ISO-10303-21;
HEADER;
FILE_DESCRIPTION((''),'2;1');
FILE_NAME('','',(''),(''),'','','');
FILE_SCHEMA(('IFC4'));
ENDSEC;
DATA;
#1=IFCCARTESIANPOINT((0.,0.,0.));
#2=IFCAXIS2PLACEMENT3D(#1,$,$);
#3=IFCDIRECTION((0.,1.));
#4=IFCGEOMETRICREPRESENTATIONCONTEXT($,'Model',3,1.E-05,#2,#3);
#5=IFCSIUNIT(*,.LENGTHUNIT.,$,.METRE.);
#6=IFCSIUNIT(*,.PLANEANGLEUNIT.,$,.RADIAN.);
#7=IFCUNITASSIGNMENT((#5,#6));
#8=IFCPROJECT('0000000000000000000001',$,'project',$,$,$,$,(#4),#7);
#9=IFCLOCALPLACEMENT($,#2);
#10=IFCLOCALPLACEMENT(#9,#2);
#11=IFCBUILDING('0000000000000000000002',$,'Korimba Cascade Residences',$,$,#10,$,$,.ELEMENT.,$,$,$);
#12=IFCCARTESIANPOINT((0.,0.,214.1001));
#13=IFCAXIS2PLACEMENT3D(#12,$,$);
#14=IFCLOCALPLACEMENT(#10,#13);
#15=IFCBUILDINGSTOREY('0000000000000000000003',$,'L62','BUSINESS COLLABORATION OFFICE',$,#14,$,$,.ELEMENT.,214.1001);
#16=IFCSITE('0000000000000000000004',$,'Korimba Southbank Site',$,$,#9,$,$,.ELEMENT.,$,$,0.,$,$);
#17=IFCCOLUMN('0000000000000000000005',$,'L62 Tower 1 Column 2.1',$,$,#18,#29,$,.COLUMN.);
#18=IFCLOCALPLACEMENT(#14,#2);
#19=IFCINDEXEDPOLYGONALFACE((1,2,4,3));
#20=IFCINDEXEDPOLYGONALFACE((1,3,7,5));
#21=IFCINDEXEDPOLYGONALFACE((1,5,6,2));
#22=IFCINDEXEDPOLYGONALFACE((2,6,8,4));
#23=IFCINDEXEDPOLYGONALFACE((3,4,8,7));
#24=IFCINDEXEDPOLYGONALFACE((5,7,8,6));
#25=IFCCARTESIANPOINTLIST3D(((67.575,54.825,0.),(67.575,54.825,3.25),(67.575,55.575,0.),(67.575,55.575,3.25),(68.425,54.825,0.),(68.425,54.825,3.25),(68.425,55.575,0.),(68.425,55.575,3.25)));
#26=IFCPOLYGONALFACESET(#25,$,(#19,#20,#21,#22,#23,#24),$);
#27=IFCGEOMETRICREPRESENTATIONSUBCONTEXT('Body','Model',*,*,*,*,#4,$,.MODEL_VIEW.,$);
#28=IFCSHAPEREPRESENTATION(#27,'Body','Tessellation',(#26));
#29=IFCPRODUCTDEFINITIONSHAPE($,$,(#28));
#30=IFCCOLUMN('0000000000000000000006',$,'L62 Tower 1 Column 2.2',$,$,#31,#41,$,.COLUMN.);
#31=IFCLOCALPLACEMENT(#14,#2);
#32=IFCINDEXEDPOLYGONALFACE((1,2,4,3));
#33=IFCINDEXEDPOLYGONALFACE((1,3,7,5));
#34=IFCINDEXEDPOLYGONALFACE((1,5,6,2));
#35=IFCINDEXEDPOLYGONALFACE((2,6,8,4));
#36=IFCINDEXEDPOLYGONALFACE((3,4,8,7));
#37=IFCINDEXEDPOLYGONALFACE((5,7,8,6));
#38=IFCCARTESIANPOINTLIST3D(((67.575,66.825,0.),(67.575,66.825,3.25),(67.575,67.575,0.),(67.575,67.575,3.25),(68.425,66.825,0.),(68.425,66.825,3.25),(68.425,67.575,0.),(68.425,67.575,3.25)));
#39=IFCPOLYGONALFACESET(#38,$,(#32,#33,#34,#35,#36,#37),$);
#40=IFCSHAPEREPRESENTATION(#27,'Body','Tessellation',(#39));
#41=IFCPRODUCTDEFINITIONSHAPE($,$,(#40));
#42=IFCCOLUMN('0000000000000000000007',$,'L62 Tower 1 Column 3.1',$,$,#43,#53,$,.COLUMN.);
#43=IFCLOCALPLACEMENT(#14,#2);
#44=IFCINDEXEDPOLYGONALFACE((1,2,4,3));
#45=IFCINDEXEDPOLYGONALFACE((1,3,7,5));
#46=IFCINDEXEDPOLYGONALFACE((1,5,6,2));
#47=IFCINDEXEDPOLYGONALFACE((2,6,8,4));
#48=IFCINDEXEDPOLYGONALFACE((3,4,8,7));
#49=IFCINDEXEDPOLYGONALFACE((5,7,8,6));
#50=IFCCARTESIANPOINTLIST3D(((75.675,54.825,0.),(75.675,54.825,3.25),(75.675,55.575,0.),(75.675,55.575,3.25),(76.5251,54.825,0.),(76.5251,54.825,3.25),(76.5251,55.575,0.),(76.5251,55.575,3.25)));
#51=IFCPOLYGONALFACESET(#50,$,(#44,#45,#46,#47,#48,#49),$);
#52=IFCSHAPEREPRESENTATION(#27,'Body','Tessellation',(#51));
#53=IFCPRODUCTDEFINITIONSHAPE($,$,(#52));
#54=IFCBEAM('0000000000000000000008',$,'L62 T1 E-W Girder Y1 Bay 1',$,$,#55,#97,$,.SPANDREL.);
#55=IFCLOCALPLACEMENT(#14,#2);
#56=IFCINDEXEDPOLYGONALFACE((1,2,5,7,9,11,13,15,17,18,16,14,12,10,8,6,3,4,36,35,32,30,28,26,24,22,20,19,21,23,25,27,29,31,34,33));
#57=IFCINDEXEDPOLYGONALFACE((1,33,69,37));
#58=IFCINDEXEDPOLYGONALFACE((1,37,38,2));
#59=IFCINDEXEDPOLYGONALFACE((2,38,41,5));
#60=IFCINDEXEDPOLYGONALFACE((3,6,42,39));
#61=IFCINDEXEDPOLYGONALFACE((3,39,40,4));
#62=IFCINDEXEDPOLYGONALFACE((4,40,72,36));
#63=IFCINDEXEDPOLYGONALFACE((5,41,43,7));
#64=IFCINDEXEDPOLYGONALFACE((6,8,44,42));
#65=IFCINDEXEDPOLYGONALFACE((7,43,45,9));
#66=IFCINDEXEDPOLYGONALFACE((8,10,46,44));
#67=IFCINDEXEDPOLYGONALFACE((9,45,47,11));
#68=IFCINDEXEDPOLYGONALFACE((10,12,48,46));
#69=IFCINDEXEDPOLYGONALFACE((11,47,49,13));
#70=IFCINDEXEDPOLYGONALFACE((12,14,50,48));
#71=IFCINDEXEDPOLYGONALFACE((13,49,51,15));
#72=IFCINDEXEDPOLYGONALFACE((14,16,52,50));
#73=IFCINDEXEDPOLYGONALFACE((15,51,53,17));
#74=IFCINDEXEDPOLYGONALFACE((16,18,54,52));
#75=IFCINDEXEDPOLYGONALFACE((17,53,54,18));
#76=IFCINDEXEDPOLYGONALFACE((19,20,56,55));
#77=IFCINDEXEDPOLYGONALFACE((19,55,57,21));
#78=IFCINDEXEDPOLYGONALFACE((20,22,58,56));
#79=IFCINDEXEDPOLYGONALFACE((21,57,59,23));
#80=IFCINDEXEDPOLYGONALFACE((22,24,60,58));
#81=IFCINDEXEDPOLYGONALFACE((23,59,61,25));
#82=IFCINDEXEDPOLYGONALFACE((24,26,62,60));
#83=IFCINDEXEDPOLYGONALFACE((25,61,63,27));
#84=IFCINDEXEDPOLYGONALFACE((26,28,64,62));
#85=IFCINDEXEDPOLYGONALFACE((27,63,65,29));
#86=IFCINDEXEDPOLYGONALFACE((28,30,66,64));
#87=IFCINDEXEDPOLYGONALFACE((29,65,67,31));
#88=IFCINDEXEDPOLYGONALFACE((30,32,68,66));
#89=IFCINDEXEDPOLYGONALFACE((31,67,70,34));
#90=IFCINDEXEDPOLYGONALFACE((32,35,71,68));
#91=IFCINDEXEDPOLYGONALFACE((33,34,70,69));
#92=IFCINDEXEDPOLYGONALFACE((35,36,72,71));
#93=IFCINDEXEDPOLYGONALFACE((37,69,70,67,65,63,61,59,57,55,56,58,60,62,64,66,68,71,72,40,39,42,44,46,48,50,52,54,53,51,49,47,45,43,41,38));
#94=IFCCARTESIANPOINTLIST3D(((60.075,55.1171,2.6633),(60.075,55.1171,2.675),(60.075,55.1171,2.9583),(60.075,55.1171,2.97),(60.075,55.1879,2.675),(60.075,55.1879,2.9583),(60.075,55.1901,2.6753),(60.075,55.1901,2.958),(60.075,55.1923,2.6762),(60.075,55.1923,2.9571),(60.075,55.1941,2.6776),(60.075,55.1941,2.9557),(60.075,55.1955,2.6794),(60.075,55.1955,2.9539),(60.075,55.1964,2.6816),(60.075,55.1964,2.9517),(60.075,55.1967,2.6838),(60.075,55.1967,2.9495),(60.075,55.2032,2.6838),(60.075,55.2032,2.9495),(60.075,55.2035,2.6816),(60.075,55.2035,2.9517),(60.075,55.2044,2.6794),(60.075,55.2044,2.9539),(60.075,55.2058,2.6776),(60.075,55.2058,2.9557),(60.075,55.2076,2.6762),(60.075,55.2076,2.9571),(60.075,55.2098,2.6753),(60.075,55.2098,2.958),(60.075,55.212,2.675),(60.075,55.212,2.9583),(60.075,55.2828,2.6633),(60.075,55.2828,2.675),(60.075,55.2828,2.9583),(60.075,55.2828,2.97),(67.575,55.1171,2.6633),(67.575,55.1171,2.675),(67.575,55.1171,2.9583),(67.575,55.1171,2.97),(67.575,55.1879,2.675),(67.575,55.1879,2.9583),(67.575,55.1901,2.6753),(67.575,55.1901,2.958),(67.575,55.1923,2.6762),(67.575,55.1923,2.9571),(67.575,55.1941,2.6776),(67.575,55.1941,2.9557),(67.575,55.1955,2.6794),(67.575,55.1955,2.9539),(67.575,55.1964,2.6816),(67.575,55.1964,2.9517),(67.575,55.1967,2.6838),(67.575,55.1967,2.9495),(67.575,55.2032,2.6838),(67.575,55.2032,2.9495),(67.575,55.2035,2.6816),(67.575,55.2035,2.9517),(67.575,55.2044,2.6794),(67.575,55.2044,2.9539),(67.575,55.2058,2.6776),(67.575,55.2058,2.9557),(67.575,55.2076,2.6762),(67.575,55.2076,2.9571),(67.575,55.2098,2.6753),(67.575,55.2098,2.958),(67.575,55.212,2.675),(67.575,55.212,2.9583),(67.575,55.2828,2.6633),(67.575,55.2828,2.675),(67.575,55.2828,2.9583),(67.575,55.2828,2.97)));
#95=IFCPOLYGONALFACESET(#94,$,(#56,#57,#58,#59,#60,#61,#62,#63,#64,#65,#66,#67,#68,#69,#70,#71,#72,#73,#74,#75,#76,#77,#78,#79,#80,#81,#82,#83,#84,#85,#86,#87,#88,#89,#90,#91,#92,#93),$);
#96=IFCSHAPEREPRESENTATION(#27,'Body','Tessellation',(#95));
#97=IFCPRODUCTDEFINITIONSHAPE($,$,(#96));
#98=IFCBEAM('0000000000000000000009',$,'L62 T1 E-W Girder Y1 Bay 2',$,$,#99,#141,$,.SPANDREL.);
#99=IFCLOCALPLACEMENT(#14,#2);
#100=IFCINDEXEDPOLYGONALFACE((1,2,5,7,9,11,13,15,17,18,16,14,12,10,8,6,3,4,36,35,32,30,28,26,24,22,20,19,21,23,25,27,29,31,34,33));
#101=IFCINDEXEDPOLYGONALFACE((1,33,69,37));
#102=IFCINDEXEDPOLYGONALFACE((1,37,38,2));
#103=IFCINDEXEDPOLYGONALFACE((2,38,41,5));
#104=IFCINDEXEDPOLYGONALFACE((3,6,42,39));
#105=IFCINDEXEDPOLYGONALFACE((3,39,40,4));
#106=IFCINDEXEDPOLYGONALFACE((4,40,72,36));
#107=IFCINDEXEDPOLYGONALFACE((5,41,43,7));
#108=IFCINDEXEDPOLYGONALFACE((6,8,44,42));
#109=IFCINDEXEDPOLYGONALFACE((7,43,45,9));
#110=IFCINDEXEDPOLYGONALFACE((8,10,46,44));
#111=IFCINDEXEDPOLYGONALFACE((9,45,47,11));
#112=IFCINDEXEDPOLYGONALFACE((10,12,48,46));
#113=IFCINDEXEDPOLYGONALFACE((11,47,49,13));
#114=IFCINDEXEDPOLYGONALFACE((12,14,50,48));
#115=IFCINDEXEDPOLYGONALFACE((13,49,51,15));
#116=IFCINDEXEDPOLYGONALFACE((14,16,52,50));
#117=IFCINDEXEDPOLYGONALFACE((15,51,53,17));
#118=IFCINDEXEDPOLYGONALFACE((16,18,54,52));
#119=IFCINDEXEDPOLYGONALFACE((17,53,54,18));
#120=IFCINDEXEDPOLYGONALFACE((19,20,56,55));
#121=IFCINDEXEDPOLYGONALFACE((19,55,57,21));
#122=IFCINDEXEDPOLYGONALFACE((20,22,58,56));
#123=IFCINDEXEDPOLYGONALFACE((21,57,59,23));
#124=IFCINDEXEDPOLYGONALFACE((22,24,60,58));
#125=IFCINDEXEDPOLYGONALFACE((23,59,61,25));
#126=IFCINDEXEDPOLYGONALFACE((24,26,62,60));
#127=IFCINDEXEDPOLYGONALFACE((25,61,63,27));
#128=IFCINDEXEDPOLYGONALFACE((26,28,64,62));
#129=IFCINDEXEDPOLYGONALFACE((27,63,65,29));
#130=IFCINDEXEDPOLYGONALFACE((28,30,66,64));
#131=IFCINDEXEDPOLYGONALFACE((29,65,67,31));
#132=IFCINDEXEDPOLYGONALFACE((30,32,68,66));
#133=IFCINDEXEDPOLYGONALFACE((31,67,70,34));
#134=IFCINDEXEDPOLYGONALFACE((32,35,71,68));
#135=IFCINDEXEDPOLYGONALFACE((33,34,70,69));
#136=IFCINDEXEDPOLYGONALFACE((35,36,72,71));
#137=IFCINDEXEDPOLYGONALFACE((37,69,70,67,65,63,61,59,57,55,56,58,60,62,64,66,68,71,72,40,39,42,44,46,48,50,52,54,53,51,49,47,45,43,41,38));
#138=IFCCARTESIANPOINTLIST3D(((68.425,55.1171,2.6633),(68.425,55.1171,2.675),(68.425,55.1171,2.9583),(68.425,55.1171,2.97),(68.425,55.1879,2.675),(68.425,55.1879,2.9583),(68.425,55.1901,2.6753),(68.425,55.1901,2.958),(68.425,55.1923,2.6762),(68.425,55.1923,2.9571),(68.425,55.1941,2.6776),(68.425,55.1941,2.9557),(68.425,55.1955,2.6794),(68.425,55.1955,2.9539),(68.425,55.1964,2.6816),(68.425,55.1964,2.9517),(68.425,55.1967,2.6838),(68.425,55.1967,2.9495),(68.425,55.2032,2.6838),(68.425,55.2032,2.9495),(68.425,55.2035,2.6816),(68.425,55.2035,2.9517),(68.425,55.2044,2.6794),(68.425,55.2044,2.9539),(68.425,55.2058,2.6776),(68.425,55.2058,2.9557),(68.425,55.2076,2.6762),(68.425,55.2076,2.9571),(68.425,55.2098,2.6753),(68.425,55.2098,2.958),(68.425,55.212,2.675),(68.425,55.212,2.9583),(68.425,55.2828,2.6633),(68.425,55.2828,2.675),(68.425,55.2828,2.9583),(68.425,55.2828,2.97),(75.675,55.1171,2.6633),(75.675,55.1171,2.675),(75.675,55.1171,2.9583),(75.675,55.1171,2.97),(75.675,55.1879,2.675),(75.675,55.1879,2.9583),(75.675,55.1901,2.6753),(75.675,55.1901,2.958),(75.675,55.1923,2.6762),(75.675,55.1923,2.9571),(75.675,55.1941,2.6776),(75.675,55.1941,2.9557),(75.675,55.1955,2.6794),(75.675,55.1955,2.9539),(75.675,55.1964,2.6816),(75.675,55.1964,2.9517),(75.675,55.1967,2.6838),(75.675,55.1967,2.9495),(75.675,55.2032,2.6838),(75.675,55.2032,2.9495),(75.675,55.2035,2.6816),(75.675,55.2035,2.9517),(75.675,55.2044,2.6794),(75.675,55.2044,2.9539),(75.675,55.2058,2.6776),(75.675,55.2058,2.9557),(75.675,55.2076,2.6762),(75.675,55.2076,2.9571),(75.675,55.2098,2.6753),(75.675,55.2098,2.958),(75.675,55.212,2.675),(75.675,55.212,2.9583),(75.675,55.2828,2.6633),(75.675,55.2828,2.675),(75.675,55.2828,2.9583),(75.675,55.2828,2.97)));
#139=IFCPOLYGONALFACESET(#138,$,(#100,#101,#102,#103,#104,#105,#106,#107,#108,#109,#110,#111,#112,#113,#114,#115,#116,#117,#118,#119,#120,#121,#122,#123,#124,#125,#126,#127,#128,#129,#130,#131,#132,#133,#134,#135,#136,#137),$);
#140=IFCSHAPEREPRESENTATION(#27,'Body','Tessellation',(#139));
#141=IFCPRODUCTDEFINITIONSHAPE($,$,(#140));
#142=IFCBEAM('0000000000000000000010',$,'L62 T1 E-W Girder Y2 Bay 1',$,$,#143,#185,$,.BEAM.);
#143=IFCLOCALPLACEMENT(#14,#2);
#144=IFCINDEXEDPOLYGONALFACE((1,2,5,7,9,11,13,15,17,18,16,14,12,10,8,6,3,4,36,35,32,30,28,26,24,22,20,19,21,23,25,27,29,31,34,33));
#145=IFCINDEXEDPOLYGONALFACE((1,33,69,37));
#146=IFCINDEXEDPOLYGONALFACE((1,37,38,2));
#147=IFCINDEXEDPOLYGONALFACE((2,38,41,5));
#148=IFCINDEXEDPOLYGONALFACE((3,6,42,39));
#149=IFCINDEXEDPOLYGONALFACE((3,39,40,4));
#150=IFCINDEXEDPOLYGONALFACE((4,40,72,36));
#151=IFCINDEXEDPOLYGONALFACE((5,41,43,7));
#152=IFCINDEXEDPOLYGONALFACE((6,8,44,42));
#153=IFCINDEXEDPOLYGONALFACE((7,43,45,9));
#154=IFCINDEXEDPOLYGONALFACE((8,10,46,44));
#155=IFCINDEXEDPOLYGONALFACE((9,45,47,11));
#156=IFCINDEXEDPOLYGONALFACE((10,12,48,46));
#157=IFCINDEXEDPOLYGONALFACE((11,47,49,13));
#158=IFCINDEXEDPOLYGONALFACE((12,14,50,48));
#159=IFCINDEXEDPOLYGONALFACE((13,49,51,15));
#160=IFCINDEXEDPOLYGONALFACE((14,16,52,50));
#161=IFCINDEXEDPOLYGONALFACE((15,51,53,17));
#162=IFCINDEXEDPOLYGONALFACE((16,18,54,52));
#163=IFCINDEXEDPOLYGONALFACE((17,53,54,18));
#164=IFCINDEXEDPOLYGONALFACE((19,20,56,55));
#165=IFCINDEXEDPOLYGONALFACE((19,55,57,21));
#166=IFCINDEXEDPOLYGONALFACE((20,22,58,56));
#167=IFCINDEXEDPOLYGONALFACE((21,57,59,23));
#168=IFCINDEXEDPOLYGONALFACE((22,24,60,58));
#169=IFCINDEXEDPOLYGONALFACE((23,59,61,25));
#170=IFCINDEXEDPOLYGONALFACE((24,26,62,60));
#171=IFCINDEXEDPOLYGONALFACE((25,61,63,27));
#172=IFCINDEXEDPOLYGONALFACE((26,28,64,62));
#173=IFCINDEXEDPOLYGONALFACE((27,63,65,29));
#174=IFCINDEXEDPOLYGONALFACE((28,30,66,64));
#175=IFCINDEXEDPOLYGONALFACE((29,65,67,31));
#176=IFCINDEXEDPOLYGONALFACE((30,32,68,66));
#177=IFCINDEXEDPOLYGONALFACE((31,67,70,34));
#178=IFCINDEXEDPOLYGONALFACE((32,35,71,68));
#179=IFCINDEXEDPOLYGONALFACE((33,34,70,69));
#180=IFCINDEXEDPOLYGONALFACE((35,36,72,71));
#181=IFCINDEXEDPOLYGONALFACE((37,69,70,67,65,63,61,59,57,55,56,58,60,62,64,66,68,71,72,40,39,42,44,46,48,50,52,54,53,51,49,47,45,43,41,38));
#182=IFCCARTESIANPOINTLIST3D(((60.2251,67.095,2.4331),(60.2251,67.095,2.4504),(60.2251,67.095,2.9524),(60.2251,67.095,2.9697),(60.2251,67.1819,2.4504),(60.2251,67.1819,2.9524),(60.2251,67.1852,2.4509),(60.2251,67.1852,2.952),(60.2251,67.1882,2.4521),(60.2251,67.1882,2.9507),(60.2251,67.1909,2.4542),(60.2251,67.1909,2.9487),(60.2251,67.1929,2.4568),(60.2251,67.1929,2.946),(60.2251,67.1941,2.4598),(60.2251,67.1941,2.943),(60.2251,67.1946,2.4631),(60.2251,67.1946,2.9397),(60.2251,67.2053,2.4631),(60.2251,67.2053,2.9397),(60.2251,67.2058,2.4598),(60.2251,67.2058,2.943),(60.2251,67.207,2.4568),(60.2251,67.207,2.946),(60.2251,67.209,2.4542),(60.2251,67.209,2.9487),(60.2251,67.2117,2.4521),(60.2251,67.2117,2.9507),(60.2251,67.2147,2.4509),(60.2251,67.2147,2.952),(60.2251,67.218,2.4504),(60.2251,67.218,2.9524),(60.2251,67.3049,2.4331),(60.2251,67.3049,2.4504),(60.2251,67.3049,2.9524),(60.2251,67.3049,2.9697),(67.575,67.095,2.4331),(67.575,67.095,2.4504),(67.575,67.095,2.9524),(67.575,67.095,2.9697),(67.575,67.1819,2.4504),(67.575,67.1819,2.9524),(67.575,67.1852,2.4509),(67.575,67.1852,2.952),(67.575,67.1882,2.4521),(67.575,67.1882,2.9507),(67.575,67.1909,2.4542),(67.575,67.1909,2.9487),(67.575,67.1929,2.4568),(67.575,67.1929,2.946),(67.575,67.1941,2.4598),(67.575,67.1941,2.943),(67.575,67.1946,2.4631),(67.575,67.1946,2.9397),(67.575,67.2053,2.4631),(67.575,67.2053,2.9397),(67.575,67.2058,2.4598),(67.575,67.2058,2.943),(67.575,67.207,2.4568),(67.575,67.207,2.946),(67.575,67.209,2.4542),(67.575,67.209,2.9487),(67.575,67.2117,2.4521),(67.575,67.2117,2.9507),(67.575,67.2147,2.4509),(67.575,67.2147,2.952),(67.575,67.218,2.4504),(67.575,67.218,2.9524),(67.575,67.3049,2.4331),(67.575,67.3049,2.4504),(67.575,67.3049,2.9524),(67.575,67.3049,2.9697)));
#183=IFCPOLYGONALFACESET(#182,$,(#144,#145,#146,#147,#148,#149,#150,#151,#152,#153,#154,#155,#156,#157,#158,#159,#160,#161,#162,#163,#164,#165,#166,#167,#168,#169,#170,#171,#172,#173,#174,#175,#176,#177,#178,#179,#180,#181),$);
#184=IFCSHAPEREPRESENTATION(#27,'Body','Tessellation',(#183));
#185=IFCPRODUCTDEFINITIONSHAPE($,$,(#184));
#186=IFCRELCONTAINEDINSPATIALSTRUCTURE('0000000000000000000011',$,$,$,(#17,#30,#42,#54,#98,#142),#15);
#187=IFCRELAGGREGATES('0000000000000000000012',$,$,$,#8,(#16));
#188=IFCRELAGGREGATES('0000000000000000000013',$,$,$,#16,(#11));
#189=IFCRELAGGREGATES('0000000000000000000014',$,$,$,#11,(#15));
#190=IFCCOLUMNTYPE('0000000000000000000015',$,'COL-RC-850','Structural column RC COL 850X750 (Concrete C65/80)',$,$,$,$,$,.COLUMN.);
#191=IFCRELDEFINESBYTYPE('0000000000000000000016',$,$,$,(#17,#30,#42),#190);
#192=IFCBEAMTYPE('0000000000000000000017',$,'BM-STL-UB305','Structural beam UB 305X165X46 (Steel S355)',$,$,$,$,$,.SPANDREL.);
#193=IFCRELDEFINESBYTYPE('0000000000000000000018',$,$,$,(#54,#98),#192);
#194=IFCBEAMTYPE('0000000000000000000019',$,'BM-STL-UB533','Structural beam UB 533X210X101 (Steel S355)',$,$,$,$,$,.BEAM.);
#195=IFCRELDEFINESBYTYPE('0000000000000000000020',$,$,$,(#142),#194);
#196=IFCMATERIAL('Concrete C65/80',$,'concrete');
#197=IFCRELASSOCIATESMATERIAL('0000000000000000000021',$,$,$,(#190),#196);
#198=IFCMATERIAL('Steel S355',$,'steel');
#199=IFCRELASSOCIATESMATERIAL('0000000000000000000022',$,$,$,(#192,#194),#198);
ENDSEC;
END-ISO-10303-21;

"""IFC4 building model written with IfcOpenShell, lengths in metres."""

from ifc_helpers import new_model, si_unit, direction, frame, origin, origin_2d, place, context, subcontext, project, spatial, rectangle, i_section, extrude, material, material_profile, profile_set, type_object, element, save


model = new_model("IFC4")

# Units and contexts
model_context = context("Model", 3, precision=1e-05, world=origin(), true_north=direction((0.0, 1.0)))
body_context = subcontext(model_context, "Body", "Model", "MODEL_VIEW")
ifc_project = project(units=[si_unit("LENGTHUNIT", "METRE"), si_unit("PLANEANGLEUNIT", "RADIAN")], contexts=[model_context])

# Site, building, storey
site_placement = place(None, origin())
site = spatial("IfcSite", under=ifc_project, at=site_placement, Name="Korimba Southbank Site", CompositionType="ELEMENT", RefElevation=0.0)
building_placement = place(site_placement, origin())
building = spatial("IfcBuilding", under=site, at=building_placement, Name="Korimba Cascade Residences", CompositionType="ELEMENT")
storey_placement = place(building_placement, frame((0.0, 0.0, 214.1001)))
storey = spatial("IfcBuildingStorey", under=building, at=storey_placement, Name="L62", Description="BUSINESS COLLABORATION OFFICE", CompositionType="ELEMENT", Elevation=214.1001)

# Columns
ifc_material_1 = material(Name="Concrete C65/80", Category="concrete")
ifc_material_profile_1 = material_profile(ifc_material_1, rectangle(XDim=0.8501, YDim=0.75, at=origin_2d()), Name="Concrete C65/80")
ifc_profile_set_1 = profile_set([ifc_material_profile_1], Name="Concrete C65/80")
column_type = type_object("IfcColumnType", Name="COL-RC-850", Description="Structural column RC COL 850X750 (Concrete C65/80)", PredefinedType="COLUMN", material=ifc_profile_set_1)
for number, where, z_axis, x_axis, name in (
    (1, (68.0, 55.2, 0.0), (0.0, 0.0, 1.0), (1.0, 0.0, 0.0), "L62 Tower 1 Column 2.1"),
    (2, (68.0, 67.2, 0.0), (0.0, 0.0, 1.0), (1.0, 0.0, 0.0), "L62 Tower 1 Column 2.2"),
    (3, (76.1001, 55.2, 0.0), (0.0, 0.0, 1.0), (1.0, 0.0, 0.0), "L62 Tower 1 Column 3.1"),
):
    element("IfcColumn", number, at=place(storey_placement, frame(where, z_axis=z_axis, x_axis=x_axis)), inside=storey, type_object=column_type, Name=name, PredefinedType="COLUMN", context=body_context, shape_type="SweptSolid", body=[
        extrude(rectangle(XDim=0.8501, YDim=0.75, at=origin_2d()), origin(), (0.0, 0.0, 1.0), 3.25),
    ])

# Beams
ifc_material_2 = material(Name="Steel S355", Category="steel")
ifc_material_profile_2 = material_profile(ifc_material_2, i_section(OverallWidth=0.1658, OverallDepth=0.3066, WebThickness=0.0066, FlangeThickness=0.0117, FilletRadius=0.0088, at=origin_2d()), Name="Steel S355")
ifc_profile_set_2 = profile_set([ifc_material_profile_2], Name="Steel S355")
beam_type_1 = type_object("IfcBeamType", Name="BM-STL-UB305", Description="Structural beam UB 305X165X46 (Steel S355)", PredefinedType="SPANDREL", material=ifc_profile_set_2)
beam_1_placement = place(storey_placement, frame((60.075, 55.2, 2.8167), z_axis=(1.0, 0.0, 0.0), x_axis=(0.0, 1.0, 0.0)))
element("IfcBeam", 4, at=beam_1_placement, inside=storey, type_object=beam_type_1, Name="L62 T1 E-W Girder Y1 Bay 1", PredefinedType="SPANDREL", context=body_context, shape_type="SweptSolid", body=[
    extrude(i_section(OverallWidth=0.1658, OverallDepth=0.3066, WebThickness=0.0066, FlangeThickness=0.0117, FilletRadius=0.0088, at=origin_2d()), origin(), (0.0, 0.0, 1.0), 7.5),
])
beam_2_placement = place(storey_placement, frame((68.425, 55.2, 2.8167), z_axis=(1.0, 0.0, 0.0), x_axis=(0.0, 1.0, 0.0)))
element("IfcBeam", 5, at=beam_2_placement, inside=storey, type_object=beam_type_1, Name="L62 T1 E-W Girder Y1 Bay 2", PredefinedType="SPANDREL", context=body_context, shape_type="SweptSolid", body=[
    extrude(i_section(OverallWidth=0.1658, OverallDepth=0.3066, WebThickness=0.0066, FlangeThickness=0.0117, FilletRadius=0.0088, at=origin_2d()), origin(), (0.0, 0.0, 1.0), 7.25),
])
ifc_material_profile_3 = material_profile(ifc_material_2, i_section(OverallWidth=0.21, OverallDepth=0.5366, WebThickness=0.0107, FlangeThickness=0.0173, FilletRadius=0.0127, at=origin_2d()), Name="Steel S355")
ifc_profile_set_3 = profile_set([ifc_material_profile_3], Name="Steel S355")
beam_type_2 = type_object("IfcBeamType", Name="BM-STL-UB533", Description="Structural beam UB 533X210X101 (Steel S355)", PredefinedType="BEAM", material=ifc_profile_set_3)
beam_3_placement = place(storey_placement, frame((60.2251, 67.2, 2.7014), z_axis=(1.0, 0.0, 0.0), x_axis=(0.0, 1.0, 0.0)))
element("IfcBeam", 6, at=beam_3_placement, inside=storey, type_object=beam_type_2, Name="L62 T1 E-W Girder Y2 Bay 1", PredefinedType="BEAM", context=body_context, shape_type="SweptSolid", body=[
    extrude(i_section(OverallWidth=0.21, OverallDepth=0.5366, WebThickness=0.0107, FlangeThickness=0.0173, FilletRadius=0.0127, at=origin_2d()), origin(), (0.0, 0.0, 1.0), 7.3499),
])

save(model, "model.ifc")
